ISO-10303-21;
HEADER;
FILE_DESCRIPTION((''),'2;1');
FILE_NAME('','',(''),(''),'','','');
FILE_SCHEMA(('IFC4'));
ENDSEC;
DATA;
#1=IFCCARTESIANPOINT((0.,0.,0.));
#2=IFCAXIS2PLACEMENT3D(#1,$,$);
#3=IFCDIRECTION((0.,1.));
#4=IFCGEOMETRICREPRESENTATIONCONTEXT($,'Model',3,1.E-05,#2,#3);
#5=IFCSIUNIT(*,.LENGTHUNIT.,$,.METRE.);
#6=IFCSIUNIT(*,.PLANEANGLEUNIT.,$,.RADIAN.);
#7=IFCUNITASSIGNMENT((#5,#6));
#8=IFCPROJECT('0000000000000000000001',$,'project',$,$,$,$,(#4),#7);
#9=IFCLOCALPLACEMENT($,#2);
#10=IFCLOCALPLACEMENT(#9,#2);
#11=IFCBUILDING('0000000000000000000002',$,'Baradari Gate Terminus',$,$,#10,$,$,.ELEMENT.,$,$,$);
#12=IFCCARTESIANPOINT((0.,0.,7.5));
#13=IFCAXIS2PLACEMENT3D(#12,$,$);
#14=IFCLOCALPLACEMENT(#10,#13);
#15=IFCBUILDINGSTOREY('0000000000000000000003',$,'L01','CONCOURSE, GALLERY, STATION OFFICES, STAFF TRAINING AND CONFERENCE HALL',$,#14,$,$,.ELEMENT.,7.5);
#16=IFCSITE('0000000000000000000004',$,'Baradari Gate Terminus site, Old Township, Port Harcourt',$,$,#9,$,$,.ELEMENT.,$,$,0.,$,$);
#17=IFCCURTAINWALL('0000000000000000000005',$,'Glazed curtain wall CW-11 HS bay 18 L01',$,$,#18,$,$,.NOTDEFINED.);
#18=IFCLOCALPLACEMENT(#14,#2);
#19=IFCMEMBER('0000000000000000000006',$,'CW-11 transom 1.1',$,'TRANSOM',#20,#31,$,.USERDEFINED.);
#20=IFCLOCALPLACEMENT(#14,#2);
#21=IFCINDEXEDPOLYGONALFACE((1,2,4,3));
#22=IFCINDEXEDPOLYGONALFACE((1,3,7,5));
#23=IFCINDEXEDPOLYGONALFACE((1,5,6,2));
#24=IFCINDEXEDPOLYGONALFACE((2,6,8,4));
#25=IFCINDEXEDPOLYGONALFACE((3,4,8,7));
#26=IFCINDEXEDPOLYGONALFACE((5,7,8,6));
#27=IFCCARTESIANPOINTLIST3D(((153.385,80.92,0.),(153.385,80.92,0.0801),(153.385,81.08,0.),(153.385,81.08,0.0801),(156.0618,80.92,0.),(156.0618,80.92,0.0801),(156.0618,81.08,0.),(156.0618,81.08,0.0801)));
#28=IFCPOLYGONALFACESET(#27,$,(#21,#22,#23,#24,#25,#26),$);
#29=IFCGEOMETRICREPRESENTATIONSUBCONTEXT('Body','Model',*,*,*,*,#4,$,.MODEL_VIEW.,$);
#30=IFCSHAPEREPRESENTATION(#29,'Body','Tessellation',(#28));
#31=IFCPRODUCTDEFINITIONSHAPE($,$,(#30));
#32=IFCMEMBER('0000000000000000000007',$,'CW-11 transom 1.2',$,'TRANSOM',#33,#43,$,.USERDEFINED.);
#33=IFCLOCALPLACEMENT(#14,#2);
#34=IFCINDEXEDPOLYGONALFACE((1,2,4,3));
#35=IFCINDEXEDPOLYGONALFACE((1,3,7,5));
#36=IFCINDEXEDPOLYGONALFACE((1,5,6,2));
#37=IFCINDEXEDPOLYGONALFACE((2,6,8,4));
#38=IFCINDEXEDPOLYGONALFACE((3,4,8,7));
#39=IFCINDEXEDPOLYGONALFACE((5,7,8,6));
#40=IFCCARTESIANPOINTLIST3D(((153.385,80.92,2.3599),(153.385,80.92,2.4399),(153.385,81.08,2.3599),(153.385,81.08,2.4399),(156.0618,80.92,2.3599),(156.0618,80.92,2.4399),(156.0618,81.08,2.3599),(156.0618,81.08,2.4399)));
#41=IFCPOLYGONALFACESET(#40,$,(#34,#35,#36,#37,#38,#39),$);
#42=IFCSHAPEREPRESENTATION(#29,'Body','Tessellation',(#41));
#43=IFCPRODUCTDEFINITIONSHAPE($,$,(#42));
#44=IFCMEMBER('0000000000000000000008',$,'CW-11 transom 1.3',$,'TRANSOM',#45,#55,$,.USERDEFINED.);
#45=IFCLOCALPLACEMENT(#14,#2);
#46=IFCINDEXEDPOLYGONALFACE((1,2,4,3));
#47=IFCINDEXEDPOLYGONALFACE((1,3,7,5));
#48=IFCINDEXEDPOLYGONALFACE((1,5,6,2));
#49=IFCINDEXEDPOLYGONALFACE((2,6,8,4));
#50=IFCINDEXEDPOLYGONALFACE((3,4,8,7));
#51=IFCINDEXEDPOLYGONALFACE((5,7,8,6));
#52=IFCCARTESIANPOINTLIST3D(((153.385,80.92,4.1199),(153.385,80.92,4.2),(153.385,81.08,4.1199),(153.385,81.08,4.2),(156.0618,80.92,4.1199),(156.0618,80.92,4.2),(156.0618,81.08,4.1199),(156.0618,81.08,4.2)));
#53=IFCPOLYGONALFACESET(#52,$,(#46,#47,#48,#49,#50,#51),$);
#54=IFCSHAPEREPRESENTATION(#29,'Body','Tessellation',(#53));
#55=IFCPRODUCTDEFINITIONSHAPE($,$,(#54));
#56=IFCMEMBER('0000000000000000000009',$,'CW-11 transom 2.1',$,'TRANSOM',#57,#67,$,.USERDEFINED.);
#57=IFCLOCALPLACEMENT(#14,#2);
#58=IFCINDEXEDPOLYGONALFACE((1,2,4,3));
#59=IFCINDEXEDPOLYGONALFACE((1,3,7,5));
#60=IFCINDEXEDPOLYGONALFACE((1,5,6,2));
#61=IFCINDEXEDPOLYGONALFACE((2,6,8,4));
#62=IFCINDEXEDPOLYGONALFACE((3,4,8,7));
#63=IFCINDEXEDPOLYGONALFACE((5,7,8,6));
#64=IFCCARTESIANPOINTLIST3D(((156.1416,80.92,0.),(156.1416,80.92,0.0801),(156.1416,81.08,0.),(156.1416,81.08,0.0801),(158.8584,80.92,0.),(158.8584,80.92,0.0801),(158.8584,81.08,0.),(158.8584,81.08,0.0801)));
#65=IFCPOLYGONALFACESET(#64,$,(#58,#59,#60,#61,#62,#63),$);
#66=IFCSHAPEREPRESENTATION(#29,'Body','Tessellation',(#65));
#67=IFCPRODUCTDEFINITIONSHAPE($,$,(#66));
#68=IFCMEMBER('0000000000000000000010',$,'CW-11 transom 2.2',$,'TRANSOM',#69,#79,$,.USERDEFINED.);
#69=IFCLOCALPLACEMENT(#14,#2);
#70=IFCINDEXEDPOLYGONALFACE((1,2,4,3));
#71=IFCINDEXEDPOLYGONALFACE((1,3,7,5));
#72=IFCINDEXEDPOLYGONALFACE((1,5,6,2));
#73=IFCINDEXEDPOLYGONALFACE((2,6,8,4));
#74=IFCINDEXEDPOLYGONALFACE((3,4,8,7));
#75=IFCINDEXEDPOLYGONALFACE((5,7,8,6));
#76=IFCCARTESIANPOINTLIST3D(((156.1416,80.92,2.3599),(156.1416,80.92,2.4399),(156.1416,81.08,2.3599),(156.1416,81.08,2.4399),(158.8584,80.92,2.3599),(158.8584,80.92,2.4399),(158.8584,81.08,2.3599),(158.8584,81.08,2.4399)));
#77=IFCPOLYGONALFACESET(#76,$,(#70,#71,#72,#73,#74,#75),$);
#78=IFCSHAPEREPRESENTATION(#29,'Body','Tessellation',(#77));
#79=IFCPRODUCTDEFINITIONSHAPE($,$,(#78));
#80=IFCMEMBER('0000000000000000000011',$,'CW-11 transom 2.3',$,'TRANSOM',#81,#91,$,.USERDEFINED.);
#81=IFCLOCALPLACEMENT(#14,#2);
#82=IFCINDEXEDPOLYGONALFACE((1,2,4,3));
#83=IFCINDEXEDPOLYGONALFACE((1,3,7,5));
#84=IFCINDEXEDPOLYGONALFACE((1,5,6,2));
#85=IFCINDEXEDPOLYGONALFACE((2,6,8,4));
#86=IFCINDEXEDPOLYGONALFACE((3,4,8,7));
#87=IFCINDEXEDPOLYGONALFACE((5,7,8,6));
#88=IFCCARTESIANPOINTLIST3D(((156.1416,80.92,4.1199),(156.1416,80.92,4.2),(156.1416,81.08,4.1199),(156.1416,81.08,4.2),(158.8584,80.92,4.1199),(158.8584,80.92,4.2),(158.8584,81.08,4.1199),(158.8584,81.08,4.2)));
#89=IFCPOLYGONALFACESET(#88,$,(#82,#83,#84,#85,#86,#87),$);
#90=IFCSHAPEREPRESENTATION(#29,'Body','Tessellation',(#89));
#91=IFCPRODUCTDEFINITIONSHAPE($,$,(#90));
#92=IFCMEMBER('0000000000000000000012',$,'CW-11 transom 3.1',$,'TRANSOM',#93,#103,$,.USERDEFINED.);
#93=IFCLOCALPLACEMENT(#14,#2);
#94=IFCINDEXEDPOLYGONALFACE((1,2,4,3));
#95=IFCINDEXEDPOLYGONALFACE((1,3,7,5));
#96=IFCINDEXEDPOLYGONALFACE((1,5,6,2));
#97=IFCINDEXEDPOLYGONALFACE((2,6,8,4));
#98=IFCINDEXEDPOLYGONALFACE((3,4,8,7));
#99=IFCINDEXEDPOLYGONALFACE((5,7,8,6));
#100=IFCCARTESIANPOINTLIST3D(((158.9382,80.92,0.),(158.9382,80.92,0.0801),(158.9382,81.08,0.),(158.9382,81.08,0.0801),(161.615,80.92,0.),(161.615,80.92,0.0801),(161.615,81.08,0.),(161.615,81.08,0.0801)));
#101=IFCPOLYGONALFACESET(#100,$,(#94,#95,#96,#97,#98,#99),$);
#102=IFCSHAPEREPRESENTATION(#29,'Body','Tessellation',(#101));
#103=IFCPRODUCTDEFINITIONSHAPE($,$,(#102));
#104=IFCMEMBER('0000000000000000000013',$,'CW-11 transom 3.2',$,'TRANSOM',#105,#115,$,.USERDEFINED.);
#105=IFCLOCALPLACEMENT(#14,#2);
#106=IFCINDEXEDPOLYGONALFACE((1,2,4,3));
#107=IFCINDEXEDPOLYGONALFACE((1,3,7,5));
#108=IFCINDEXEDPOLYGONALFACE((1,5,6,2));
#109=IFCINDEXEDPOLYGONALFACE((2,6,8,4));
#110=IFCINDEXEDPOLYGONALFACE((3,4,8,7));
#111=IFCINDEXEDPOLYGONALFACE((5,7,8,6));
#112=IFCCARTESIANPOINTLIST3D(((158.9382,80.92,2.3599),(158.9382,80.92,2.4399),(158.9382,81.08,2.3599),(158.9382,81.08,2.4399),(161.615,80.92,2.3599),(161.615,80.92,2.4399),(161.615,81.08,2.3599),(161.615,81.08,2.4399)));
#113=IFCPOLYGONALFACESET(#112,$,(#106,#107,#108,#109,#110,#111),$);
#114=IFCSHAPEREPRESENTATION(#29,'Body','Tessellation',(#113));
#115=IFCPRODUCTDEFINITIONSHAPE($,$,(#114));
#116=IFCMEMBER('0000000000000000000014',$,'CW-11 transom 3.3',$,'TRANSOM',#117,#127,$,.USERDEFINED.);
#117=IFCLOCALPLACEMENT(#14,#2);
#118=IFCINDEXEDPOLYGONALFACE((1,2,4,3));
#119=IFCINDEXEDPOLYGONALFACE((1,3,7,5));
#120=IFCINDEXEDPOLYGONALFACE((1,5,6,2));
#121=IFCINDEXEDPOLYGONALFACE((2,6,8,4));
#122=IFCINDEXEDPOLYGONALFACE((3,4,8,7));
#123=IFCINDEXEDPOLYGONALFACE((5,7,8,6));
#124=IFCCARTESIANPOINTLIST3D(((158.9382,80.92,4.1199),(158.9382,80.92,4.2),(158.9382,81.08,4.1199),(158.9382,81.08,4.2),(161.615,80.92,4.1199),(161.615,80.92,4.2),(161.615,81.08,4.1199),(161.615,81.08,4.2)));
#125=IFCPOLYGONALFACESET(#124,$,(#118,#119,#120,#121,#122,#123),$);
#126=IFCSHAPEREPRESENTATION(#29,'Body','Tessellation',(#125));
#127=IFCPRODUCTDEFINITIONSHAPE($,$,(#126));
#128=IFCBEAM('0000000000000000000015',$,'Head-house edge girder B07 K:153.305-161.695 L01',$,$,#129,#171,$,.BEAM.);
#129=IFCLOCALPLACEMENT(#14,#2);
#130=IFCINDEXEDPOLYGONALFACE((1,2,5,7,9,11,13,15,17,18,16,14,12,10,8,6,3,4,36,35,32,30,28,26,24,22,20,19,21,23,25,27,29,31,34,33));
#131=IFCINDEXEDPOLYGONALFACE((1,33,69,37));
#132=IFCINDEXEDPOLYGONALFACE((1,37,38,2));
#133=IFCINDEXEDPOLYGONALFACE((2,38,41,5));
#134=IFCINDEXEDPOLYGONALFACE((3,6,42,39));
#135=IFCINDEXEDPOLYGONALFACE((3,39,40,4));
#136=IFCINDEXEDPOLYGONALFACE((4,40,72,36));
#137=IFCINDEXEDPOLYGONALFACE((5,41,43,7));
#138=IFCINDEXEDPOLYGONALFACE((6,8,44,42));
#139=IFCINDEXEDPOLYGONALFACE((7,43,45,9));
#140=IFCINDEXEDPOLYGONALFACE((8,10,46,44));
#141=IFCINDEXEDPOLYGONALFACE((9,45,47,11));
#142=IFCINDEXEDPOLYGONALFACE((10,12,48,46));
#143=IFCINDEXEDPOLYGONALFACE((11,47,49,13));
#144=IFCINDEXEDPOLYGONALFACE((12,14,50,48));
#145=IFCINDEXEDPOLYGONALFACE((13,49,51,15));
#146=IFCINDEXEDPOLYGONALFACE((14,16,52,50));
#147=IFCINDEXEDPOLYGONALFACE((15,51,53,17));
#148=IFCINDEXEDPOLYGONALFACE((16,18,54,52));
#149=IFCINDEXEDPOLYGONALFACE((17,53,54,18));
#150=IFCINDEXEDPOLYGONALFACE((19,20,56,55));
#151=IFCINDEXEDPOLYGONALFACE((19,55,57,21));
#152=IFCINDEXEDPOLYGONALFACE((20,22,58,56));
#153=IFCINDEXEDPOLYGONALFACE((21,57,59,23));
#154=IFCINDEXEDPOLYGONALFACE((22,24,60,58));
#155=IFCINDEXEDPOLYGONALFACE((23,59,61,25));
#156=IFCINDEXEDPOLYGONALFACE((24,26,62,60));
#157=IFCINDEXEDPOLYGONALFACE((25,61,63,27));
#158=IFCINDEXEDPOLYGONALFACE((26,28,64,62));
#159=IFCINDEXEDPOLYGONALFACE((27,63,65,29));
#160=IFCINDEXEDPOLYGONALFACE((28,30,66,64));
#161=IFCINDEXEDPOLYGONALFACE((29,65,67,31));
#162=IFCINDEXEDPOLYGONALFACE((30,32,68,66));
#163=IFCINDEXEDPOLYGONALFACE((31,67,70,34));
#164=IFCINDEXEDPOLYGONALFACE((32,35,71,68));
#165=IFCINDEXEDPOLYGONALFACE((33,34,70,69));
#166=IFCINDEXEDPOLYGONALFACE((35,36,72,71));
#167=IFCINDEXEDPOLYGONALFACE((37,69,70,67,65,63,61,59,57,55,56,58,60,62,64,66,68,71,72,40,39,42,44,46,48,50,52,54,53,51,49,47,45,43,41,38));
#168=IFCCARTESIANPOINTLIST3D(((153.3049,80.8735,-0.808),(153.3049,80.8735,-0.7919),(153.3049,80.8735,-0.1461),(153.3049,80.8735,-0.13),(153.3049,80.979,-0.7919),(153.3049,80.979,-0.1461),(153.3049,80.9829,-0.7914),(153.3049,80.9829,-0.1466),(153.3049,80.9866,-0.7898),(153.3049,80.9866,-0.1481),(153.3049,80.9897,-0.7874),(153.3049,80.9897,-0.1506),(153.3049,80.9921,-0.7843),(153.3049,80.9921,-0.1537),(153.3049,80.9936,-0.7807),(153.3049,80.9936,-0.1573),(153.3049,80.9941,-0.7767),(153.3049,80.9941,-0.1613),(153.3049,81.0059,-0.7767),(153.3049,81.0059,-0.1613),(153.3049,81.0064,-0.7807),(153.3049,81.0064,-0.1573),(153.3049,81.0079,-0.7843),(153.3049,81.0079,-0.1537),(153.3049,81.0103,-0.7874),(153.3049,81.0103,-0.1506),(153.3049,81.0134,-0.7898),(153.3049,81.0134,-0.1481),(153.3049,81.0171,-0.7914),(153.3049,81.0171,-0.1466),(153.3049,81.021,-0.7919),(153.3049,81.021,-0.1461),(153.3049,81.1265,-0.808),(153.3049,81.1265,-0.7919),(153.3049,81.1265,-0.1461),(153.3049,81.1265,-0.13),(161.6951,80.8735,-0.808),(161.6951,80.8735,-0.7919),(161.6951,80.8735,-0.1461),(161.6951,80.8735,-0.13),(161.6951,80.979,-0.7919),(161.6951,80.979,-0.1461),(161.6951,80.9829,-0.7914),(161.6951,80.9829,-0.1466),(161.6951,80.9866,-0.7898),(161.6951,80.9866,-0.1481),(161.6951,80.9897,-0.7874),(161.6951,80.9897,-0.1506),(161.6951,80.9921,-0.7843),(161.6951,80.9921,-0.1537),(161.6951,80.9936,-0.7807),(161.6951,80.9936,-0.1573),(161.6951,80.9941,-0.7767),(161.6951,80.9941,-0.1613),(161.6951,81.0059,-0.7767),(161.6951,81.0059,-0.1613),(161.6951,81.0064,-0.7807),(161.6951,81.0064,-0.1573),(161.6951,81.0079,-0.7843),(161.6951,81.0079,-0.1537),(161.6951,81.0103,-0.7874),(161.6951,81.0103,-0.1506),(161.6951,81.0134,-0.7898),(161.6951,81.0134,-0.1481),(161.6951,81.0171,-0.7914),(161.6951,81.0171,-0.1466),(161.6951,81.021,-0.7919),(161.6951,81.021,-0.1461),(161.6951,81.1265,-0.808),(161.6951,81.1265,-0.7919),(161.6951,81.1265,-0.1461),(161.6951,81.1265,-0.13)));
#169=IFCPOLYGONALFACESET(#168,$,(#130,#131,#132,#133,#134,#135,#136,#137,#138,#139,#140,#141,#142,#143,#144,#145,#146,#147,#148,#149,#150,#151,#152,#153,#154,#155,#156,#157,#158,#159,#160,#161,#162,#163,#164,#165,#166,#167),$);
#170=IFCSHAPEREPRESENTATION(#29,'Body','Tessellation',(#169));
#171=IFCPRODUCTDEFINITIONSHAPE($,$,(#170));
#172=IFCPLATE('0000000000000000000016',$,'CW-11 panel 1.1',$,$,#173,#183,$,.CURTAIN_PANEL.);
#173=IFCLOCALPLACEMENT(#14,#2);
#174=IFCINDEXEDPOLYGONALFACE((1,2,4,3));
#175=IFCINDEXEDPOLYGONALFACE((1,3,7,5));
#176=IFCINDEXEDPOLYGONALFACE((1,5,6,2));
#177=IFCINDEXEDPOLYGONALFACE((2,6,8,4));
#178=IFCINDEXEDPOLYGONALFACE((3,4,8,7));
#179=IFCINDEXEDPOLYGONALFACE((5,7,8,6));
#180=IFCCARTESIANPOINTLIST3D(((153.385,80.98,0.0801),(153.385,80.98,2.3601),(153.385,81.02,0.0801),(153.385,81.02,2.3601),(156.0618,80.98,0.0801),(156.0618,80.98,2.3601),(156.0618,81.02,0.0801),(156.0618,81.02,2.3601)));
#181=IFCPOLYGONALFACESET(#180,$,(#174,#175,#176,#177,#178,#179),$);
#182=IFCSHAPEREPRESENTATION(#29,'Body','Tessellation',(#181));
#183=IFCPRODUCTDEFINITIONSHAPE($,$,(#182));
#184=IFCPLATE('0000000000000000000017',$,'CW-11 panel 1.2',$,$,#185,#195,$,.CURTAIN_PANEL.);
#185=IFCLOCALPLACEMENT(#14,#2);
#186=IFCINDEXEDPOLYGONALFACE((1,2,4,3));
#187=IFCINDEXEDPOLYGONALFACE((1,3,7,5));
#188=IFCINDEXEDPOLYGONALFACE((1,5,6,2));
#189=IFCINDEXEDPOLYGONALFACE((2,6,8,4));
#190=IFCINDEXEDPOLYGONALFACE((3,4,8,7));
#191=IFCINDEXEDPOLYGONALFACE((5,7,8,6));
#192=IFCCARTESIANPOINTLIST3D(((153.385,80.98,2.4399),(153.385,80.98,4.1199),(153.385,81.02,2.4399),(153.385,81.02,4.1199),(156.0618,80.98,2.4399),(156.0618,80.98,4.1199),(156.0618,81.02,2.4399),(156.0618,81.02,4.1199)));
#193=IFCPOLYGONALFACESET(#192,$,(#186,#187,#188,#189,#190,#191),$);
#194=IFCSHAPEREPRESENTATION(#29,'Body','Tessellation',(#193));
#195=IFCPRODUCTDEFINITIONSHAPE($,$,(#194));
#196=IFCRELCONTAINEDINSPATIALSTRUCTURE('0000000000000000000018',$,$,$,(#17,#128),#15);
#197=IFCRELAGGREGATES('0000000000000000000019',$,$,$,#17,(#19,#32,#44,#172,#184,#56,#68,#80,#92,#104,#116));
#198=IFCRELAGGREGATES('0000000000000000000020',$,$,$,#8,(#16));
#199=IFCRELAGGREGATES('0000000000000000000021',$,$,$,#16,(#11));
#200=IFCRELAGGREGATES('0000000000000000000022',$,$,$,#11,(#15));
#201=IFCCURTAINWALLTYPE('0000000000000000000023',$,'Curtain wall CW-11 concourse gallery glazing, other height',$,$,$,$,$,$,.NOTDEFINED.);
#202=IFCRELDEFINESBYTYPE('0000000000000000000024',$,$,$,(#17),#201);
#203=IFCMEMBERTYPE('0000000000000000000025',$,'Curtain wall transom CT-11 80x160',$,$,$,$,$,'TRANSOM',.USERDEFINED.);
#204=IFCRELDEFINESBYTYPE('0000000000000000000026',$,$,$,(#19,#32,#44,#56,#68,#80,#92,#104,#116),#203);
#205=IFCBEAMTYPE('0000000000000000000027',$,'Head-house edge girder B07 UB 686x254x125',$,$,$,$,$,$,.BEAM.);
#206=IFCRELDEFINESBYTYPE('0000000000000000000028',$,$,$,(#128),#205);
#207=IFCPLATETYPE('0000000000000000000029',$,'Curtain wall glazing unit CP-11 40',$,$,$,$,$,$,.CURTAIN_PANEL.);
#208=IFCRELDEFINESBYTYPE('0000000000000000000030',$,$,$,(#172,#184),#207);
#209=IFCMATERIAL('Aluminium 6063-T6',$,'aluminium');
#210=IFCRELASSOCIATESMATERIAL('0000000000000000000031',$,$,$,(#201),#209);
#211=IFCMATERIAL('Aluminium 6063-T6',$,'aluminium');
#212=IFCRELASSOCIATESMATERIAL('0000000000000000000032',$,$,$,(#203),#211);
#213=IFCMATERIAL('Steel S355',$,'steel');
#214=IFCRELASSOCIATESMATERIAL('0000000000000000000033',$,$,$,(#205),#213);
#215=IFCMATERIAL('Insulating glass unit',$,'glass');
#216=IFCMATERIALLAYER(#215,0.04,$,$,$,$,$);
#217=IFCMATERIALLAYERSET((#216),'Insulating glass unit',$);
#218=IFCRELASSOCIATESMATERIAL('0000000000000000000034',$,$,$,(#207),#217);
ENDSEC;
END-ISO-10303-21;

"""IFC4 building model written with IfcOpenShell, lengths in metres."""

from ifc_helpers import new_model, si_unit, direction, frame, origin, origin_2d, place, context, subcontext, project, spatial, rectangle, i_section, extrude, material, layer, layer_set, material_profile, profile_set, type_object, element, aggregate, save


model = new_model("IFC4")

# Units and contexts
model_context = context("Model", 3, precision=1e-05, world=origin(), true_north=direction((0.0, 1.0)))
body_context = subcontext(model_context, "Body", "Model", "MODEL_VIEW")
ifc_project = project(units=[si_unit("LENGTHUNIT", "METRE"), si_unit("PLANEANGLEUNIT", "RADIAN")], contexts=[model_context])

# Site, building, storey
site_placement = place(None, origin())
site = spatial("IfcSite", under=ifc_project, at=site_placement, Name="Baradari Gate Terminus site, Old Township, Port Harcourt", CompositionType="ELEMENT", RefElevation=0.0)
building_placement = place(site_placement, origin())
building = spatial("IfcBuilding", under=site, at=building_placement, Name="Baradari Gate Terminus", CompositionType="ELEMENT")
storey_placement = place(building_placement, frame((0.0, 0.0, 7.5)))
storey = spatial("IfcBuildingStorey", under=building, at=storey_placement, Name="L01", Description="CONCOURSE, GALLERY, STATION OFFICES, STAFF TRAINING AND CONFERENCE HALL", CompositionType="ELEMENT", Elevation=7.5)

# Curtain wall, members
ifc_material_1 = material(Name="Aluminium 6063-T6", Category="aluminium")
curtain_wall_type = type_object("IfcCurtainWallType", Name="Curtain wall CW-11 concourse gallery glazing, other height", PredefinedType="NOTDEFINED", material=ifc_material_1)
curtain_wall_placement = place(storey_placement, origin())
curtain_wall = element("IfcCurtainWall", 1, at=curtain_wall_placement, inside=storey, type_object=curtain_wall_type, Name="Glazed curtain wall CW-11 HS bay 18 L01", PredefinedType="NOTDEFINED")
ifc_material_2 = material(Name="Aluminium 6063-T6", Category="aluminium")
ifc_material_profile_1 = material_profile(ifc_material_2, rectangle(XDim=0.1599, YDim=0.0801, at=origin_2d()), Name="CT-11 80X160")
ifc_profile_set_1 = profile_set([ifc_material_profile_1], Name="Aluminium 6063-T6")
member_type_1 = type_object("IfcMemberType", Name="Curtain wall transom CT-11 80x160", ElementType="TRANSOM", PredefinedType="USERDEFINED", material=ifc_profile_set_1)
member_1_placement = place(storey_placement, frame((153.385, 81.0, 0.04), z_axis=(1.0, 0.0, 0.0), x_axis=(0.0, 1.0, 0.0)))
member_1 = element("IfcMember", 2, at=member_1_placement, type_object=member_type_1, Name="CW-11 transom 1.1", ObjectType="TRANSOM", PredefinedType="USERDEFINED", context=body_context, shape_type="SweptSolid", body=[
    extrude(rectangle(XDim=0.1599, YDim=0.0801, at=origin_2d()), origin(), (0.0, 0.0, 1.0), 2.6768),
])
member_2_placement = place(storey_placement, frame((153.385, 81.0, 2.3999), z_axis=(1.0, 0.0, 0.0), x_axis=(0.0, 1.0, 0.0)))
member_2 = element("IfcMember", 3, at=member_2_placement, type_object=member_type_1, Name="CW-11 transom 1.2", ObjectType="TRANSOM", PredefinedType="USERDEFINED", context=body_context, shape_type="SweptSolid", body=[
    extrude(rectangle(XDim=0.1599, YDim=0.0801, at=origin_2d()), origin(), (0.0, 0.0, 1.0), 2.6768),
])
member_3_placement = place(storey_placement, frame((153.385, 81.0, 4.1599), z_axis=(1.0, 0.0, 0.0), x_axis=(0.0, 1.0, 0.0)))
member_3 = element("IfcMember", 4, at=member_3_placement, type_object=member_type_1, Name="CW-11 transom 1.3", ObjectType="TRANSOM", PredefinedType="USERDEFINED", context=body_context, shape_type="SweptSolid", body=[
    extrude(rectangle(XDim=0.1599, YDim=0.0801, at=origin_2d()), origin(), (0.0, 0.0, 1.0), 2.6768),
])
member_4_placement = place(storey_placement, frame((156.1416, 81.0, 0.04), z_axis=(1.0, 0.0, 0.0), x_axis=(0.0, 1.0, 0.0)))
member_4 = element("IfcMember", 5, at=member_4_placement, type_object=member_type_1, Name="CW-11 transom 2.1", ObjectType="TRANSOM", PredefinedType="USERDEFINED", context=body_context, shape_type="SweptSolid", body=[
    extrude(rectangle(XDim=0.1599, YDim=0.0801, at=origin_2d()), origin(), (0.0, 0.0, 1.0), 2.7168),
])
member_5_placement = place(storey_placement, frame((156.1416, 81.0, 2.3999), z_axis=(1.0, 0.0, 0.0), x_axis=(0.0, 1.0, 0.0)))
member_5 = element("IfcMember", 6, at=member_5_placement, type_object=member_type_1, Name="CW-11 transom 2.2", ObjectType="TRANSOM", PredefinedType="USERDEFINED", context=body_context, shape_type="SweptSolid", body=[
    extrude(rectangle(XDim=0.1599, YDim=0.0801, at=origin_2d()), origin(), (0.0, 0.0, 1.0), 2.7168),
])
member_6_placement = place(storey_placement, frame((156.1416, 81.0, 4.1599), z_axis=(1.0, 0.0, 0.0), x_axis=(0.0, 1.0, 0.0)))
member_6 = element("IfcMember", 7, at=member_6_placement, type_object=member_type_1, Name="CW-11 transom 2.3", ObjectType="TRANSOM", PredefinedType="USERDEFINED", context=body_context, shape_type="SweptSolid", body=[
    extrude(rectangle(XDim=0.1599, YDim=0.0801, at=origin_2d()), origin(), (0.0, 0.0, 1.0), 2.7168),
])
member_7_placement = place(storey_placement, frame((158.9382, 81.0, 0.04), z_axis=(1.0, 0.0, 0.0), x_axis=(0.0, 1.0, 0.0)))
member_7 = element("IfcMember", 8, at=member_7_placement, type_object=member_type_1, Name="CW-11 transom 3.1", ObjectType="TRANSOM", PredefinedType="USERDEFINED", context=body_context, shape_type="SweptSolid", body=[
    extrude(rectangle(XDim=0.1599, YDim=0.0801, at=origin_2d()), origin(), (0.0, 0.0, 1.0), 2.6768),
])
member_8_placement = place(storey_placement, frame((158.9382, 81.0, 2.3999), z_axis=(1.0, 0.0, 0.0), x_axis=(0.0, 1.0, 0.0)))
member_8 = element("IfcMember", 9, at=member_8_placement, type_object=member_type_1, Name="CW-11 transom 3.2", ObjectType="TRANSOM", PredefinedType="USERDEFINED", context=body_context, shape_type="SweptSolid", body=[
    extrude(rectangle(XDim=0.1599, YDim=0.0801, at=origin_2d()), origin(), (0.0, 0.0, 1.0), 2.6768),
])
member_9_placement = place(storey_placement, frame((158.9382, 81.0, 4.1599), z_axis=(1.0, 0.0, 0.0), x_axis=(0.0, 1.0, 0.0)))
member_9 = element("IfcMember", 10, at=member_9_placement, type_object=member_type_1, Name="CW-11 transom 3.3", ObjectType="TRANSOM", PredefinedType="USERDEFINED", context=body_context, shape_type="SweptSolid", body=[
    extrude(rectangle(XDim=0.1599, YDim=0.0801, at=origin_2d()), origin(), (0.0, 0.0, 1.0), 2.6768),
])

# Beam
ifc_material_3 = material(Name="Steel S355", Category="steel")
ifc_material_profile_2 = material_profile(ifc_material_3, i_section(OverallWidth=0.2529, OverallDepth=0.678, WebThickness=0.0117, FlangeThickness=0.0161, FilletRadius=0.0151, at=origin_2d()), Name="UB 686x254x125")
ifc_profile_set_2 = profile_set([ifc_material_profile_2], Name="Steel S355")
beam_type = type_object("IfcBeamType", Name="Head-house edge girder B07 UB 686x254x125", PredefinedType="BEAM", material=ifc_profile_set_2)
beam_placement = place(storey_placement, frame((153.3049, 81.0, -0.469), z_axis=(1.0, 0.0, 0.0), x_axis=(0.0, 1.0, 0.0)))
element("IfcBeam", 11, at=beam_placement, inside=storey, type_object=beam_type, Name="Head-house edge girder B07 K:153.305-161.695 L01", PredefinedType="BEAM", context=body_context, shape_type="SweptSolid", body=[
    extrude(i_section(OverallWidth=0.2529, OverallDepth=0.678, WebThickness=0.0117, FlangeThickness=0.0161, FilletRadius=0.0151, at=origin_2d()), origin(), (0.0, 0.0, 1.0), 8.3901),
])

# Plates
ifc_material_4 = material(Name="Insulating glass unit", Category="glass")
ifc_layer = layer(ifc_material_4, 0.04)
ifc_layer_set = layer_set([ifc_layer], Name="Insulating glass unit")
plate_type = type_object("IfcPlateType", Name="Curtain wall glazing unit CP-11 40", PredefinedType="CURTAIN_PANEL", material=ifc_layer_set)
plate_1_placement = place(storey_placement, frame((154.7234, 81.0, 0.0801), z_axis=(0.0, 0.0, 1.0), x_axis=(1.0, 0.0, 0.0)))
plate_1 = element("IfcPlate", 12, at=plate_1_placement, type_object=plate_type, Name="CW-11 panel 1.1", PredefinedType="CURTAIN_PANEL", context=body_context, shape_type="SweptSolid", body=[
    extrude(rectangle(XDim=2.6768, YDim=0.04, at=origin_2d()), origin(), (0.0, 0.0, 1.0), 2.28),
])
plate_2_placement = place(storey_placement, frame((154.7234, 81.0, 2.4399), z_axis=(0.0, 0.0, 1.0), x_axis=(1.0, 0.0, 0.0)))
plate_2 = element("IfcPlate", 13, at=plate_2_placement, type_object=plate_type, Name="CW-11 panel 1.2", PredefinedType="CURTAIN_PANEL", context=body_context, shape_type="SweptSolid", body=[
    extrude(rectangle(XDim=2.6768, YDim=0.04, at=origin_2d()), origin(), (0.0, 0.0, 1.0), 1.6799),
])
aggregate(curtain_wall, [member_1, member_2, member_3, plate_1, plate_2, member_4, member_5, member_6, member_7, member_8, member_9])

save(model, "model.ifc")
